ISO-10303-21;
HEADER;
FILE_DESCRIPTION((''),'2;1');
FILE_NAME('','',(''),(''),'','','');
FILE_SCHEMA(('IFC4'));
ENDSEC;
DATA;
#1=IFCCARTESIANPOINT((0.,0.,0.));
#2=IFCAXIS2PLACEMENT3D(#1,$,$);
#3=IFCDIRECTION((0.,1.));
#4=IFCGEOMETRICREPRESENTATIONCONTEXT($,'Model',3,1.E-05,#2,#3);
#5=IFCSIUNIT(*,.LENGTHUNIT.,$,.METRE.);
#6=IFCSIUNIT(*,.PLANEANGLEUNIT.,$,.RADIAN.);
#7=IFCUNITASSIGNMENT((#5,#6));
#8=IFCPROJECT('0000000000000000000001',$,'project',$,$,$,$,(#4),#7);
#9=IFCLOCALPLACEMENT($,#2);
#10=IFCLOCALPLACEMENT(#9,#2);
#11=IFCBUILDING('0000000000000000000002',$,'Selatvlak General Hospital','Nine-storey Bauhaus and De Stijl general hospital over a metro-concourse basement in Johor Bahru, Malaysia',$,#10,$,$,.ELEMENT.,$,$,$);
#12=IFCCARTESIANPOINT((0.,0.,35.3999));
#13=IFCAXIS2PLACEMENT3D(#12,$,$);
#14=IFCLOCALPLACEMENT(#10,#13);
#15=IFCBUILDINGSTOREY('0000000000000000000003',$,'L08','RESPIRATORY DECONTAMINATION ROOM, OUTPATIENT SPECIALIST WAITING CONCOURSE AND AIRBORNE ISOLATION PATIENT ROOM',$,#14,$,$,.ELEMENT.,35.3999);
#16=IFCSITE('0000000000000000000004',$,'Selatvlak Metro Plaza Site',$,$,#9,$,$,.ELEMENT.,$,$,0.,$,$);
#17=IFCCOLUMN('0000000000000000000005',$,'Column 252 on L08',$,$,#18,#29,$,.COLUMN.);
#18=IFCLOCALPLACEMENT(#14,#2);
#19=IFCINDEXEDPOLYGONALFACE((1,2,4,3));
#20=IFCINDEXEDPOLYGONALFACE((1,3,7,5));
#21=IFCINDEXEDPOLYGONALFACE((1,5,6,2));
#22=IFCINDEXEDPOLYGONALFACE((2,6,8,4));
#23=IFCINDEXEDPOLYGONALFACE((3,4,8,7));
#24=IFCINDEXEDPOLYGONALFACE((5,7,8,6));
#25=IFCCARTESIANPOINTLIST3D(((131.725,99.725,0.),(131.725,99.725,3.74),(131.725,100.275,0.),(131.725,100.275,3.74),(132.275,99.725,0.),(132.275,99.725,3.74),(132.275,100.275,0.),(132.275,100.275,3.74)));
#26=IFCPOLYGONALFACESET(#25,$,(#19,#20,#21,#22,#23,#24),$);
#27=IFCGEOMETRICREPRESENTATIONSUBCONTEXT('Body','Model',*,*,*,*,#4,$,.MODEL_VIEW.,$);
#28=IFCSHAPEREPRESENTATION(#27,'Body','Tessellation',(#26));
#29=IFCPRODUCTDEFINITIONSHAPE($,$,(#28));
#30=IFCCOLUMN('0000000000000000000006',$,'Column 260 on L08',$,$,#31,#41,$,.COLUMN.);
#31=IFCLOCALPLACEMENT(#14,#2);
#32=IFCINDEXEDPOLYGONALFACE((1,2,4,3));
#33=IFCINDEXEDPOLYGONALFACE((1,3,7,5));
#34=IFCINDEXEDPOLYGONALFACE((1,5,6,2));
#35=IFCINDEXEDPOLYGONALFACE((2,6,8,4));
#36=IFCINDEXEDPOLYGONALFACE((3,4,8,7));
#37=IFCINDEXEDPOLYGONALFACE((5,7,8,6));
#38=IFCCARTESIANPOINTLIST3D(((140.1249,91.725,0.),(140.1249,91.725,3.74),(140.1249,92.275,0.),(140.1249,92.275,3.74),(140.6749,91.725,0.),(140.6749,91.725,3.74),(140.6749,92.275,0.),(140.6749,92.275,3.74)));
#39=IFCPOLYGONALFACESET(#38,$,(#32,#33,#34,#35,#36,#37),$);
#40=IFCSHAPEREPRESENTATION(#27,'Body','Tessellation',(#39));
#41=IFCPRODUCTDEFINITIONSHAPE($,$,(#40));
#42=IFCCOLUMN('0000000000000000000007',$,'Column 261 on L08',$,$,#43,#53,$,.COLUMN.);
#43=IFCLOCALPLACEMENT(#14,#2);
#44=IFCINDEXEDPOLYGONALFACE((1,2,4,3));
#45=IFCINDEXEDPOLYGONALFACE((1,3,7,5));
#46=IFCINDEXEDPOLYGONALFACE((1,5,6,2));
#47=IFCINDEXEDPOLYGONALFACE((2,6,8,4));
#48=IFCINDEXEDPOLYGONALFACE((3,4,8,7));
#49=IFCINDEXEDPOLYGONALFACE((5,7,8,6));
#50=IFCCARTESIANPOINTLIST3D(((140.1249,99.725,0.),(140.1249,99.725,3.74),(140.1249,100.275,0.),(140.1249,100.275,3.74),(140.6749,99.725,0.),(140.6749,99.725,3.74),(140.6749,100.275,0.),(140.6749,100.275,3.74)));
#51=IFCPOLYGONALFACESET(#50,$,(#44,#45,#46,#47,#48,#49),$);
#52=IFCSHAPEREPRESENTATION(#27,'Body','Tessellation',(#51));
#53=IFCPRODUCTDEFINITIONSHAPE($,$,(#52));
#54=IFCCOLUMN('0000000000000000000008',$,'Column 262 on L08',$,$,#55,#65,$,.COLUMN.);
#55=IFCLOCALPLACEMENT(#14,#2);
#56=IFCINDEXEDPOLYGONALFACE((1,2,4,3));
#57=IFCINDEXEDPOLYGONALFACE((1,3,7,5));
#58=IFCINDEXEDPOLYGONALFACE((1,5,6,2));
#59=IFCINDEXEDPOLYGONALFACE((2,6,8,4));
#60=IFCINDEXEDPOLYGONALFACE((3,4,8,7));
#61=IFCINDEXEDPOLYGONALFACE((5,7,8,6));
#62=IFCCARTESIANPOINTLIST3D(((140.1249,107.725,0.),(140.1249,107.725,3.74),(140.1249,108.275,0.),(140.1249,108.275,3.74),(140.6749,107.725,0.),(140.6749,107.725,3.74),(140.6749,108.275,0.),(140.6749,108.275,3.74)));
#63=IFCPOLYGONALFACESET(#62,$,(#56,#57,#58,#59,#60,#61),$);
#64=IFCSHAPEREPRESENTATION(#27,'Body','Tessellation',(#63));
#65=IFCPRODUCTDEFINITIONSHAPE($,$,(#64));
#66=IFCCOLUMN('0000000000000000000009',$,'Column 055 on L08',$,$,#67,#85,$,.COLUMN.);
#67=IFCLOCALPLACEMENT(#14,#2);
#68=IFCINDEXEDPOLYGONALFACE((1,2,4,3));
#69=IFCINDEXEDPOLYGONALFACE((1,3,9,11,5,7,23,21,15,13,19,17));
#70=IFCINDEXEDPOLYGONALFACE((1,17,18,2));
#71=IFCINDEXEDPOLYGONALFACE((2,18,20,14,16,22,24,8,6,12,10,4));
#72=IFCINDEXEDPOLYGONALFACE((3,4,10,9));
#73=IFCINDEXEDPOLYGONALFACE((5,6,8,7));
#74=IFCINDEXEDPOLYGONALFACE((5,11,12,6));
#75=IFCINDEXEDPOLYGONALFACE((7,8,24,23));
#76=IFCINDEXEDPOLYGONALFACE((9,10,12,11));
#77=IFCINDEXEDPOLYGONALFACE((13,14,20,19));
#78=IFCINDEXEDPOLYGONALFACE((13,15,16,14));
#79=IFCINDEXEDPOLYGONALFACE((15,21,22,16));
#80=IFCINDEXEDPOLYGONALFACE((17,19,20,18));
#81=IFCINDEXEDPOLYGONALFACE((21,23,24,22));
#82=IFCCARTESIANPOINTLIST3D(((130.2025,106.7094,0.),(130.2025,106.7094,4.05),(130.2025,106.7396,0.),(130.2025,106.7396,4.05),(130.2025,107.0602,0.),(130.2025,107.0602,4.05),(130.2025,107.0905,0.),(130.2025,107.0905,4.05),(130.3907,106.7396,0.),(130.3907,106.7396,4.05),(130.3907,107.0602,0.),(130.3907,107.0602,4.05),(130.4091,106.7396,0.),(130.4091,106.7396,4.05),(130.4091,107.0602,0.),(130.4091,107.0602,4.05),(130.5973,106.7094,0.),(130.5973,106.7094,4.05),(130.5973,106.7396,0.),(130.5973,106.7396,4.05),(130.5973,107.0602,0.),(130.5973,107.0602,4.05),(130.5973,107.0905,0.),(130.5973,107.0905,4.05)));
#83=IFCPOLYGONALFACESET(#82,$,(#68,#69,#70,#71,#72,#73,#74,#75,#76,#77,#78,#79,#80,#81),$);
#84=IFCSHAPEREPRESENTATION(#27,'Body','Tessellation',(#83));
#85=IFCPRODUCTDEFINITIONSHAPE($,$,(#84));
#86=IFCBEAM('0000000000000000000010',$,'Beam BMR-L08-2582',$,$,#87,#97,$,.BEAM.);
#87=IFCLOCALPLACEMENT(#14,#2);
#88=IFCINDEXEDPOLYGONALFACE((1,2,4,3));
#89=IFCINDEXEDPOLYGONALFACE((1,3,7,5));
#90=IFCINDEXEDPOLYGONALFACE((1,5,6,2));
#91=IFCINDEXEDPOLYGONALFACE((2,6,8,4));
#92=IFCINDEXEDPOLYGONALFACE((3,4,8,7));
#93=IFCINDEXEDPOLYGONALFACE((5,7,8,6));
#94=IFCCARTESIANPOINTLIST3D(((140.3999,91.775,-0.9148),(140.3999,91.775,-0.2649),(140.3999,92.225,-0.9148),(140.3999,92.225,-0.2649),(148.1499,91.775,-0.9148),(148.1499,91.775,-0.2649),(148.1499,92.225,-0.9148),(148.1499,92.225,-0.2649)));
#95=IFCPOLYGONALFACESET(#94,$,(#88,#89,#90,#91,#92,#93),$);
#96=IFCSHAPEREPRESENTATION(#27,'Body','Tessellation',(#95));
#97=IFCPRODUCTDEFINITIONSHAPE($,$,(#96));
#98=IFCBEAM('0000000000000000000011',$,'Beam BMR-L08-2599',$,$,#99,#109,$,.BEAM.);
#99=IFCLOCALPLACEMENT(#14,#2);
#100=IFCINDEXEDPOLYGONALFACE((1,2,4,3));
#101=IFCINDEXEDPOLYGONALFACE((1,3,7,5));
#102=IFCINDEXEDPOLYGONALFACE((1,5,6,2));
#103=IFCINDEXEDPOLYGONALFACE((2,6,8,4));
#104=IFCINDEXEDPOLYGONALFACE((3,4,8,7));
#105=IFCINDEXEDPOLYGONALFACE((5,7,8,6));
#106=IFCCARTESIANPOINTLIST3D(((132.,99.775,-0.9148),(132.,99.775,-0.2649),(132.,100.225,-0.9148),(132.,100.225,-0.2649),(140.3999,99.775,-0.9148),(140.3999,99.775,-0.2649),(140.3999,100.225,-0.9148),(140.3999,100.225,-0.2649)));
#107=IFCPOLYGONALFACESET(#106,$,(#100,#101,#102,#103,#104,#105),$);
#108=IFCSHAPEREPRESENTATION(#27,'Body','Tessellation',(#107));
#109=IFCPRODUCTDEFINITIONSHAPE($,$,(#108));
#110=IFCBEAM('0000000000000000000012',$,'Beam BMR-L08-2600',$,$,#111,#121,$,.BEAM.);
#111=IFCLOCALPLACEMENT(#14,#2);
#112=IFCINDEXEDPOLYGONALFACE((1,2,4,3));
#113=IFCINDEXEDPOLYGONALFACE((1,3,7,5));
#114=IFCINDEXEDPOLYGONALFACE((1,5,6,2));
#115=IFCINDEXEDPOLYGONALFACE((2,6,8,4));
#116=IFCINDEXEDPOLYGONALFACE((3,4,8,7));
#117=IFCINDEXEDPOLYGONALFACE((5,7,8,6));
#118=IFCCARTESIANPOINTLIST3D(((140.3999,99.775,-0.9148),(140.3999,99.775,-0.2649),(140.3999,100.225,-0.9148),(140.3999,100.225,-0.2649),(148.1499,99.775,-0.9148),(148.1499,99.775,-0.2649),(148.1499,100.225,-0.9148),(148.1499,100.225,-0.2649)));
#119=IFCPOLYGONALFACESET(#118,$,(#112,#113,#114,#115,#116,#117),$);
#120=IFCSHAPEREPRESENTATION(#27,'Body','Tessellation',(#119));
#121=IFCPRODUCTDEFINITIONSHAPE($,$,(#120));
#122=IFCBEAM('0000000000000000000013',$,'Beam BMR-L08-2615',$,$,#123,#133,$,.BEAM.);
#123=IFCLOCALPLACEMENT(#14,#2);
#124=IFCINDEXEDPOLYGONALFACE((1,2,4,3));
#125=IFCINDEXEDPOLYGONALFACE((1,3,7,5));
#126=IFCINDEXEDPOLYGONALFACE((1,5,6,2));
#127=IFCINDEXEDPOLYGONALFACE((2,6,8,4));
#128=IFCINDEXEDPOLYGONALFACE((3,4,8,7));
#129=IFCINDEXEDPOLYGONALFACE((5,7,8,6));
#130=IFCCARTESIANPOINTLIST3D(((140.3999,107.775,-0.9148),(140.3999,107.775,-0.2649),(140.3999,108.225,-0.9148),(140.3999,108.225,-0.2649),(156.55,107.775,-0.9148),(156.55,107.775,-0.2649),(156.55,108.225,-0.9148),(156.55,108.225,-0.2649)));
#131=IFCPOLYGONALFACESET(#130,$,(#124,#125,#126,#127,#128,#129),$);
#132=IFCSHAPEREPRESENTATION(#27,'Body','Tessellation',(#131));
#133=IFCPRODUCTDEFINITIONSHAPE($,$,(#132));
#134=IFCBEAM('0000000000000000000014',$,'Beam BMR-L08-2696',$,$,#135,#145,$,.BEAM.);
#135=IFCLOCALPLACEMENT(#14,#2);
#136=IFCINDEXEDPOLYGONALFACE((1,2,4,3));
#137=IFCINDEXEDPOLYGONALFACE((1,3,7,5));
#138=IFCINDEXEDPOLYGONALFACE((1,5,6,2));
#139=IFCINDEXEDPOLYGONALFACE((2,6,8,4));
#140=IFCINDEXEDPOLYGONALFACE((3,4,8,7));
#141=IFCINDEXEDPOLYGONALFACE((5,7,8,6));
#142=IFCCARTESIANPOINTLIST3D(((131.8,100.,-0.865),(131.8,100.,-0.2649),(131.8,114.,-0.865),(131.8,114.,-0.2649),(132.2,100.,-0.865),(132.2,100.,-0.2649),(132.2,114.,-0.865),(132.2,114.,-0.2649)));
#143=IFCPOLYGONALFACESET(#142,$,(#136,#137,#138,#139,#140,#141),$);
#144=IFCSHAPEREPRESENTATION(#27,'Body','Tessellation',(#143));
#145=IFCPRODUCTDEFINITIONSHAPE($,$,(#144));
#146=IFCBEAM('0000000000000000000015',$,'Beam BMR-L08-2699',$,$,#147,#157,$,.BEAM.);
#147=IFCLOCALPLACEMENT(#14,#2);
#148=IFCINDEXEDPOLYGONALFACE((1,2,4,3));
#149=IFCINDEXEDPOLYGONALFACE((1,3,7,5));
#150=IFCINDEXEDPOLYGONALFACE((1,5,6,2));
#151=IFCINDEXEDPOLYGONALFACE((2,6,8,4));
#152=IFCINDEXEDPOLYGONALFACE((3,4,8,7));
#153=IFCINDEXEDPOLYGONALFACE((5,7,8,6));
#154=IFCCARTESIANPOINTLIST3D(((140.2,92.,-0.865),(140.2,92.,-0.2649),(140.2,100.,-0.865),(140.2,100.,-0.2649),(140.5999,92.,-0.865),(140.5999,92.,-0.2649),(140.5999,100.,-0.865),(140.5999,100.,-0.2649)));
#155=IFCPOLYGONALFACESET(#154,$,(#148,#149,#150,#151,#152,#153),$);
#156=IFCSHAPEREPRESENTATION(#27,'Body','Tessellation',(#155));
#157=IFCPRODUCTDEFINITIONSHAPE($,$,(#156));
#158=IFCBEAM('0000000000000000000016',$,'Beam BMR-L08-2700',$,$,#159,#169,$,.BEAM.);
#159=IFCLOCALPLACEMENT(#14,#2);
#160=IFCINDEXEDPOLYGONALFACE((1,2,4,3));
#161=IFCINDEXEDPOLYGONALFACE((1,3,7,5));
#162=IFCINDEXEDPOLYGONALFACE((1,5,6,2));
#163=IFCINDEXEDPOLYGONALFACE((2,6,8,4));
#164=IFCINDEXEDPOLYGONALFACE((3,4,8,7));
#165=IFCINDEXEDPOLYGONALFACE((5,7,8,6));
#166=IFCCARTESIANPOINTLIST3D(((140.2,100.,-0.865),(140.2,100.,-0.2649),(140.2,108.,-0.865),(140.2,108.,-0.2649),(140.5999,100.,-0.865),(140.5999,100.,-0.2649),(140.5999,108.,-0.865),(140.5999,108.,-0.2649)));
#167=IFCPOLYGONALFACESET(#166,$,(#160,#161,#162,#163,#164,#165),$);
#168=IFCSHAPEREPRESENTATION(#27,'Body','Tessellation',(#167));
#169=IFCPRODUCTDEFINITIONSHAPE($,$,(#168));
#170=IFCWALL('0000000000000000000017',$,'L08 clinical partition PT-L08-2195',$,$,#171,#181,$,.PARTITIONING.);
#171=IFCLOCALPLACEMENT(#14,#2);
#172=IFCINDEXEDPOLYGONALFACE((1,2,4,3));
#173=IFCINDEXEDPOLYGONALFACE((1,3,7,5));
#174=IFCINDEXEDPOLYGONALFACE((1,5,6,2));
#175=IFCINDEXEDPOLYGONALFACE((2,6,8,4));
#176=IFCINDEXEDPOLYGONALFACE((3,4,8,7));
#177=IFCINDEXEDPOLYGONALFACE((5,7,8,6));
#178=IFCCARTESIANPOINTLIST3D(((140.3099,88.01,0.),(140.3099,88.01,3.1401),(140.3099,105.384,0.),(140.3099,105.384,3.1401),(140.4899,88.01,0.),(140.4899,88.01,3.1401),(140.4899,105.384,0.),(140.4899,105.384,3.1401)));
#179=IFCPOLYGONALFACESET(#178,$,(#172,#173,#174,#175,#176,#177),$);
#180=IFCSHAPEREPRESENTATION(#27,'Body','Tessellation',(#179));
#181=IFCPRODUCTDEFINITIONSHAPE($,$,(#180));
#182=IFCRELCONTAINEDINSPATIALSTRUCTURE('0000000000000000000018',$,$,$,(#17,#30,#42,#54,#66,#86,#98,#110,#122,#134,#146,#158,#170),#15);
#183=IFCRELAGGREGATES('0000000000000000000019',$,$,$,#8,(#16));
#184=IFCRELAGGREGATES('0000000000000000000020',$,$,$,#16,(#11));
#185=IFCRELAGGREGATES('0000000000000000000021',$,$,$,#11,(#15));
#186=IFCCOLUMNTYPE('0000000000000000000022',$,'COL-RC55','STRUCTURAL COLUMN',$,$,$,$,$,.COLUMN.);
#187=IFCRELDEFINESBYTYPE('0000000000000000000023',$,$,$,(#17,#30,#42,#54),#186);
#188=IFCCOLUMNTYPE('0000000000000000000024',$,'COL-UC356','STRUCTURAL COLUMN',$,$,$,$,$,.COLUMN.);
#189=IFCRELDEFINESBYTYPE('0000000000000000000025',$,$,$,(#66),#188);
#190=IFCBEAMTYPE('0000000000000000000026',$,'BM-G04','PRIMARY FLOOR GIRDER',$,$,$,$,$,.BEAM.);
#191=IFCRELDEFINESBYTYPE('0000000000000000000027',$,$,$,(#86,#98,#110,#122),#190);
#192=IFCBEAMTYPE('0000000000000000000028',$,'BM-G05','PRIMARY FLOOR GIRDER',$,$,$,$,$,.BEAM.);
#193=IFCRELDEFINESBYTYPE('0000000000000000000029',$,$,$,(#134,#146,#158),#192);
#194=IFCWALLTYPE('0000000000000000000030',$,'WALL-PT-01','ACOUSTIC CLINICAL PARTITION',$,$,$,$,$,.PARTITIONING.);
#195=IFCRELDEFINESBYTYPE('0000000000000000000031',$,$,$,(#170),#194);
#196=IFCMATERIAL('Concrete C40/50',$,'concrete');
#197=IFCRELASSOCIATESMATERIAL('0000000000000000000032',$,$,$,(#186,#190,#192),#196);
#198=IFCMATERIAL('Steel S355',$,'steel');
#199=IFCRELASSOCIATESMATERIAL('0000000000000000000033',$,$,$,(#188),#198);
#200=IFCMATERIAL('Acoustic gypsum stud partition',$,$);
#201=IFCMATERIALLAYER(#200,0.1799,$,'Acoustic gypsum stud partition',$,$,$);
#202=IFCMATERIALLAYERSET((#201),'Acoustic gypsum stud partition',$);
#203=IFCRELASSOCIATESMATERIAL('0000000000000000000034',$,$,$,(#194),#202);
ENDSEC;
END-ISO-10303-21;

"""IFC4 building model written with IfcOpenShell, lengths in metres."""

from ifc_helpers import new_model, si_unit, direction, frame, frame_2d, origin, origin_2d, place, context, subcontext, project, spatial, rectangle, i_section, extrude, material, layer, layer_set, material_profile, profile_set, type_object, element, save


model = new_model("IFC4")

# Units and contexts
model_context = context("Model", 3, precision=1e-05, world=origin(), true_north=direction((0.0, 1.0)))
body_context = subcontext(model_context, "Body", "Model", "MODEL_VIEW")
ifc_project = project(units=[si_unit("LENGTHUNIT", "METRE"), si_unit("PLANEANGLEUNIT", "RADIAN")], contexts=[model_context])

# Site, building, storey
site_placement = place(None, origin())
site = spatial("IfcSite", under=ifc_project, at=site_placement, Name="Selatvlak Metro Plaza Site", CompositionType="ELEMENT", RefElevation=0.0)
building_placement = place(site_placement, origin())
building = spatial("IfcBuilding", under=site, at=building_placement, Name="Selatvlak General Hospital", Description="Nine-storey Bauhaus and De Stijl general hospital over a metro-concourse basement in Johor Bahru, Malaysia", CompositionType="ELEMENT")
storey_placement = place(building_placement, frame((0.0, 0.0, 35.3999)))
storey = spatial("IfcBuildingStorey", under=building, at=storey_placement, Name="L08", Description="RESPIRATORY DECONTAMINATION ROOM, OUTPATIENT SPECIALIST WAITING CONCOURSE AND AIRBORNE ISOLATION PATIENT ROOM", CompositionType="ELEMENT", Elevation=35.3999)

# Columns
ifc_material_1 = material(Name="Concrete C40/50", Category="concrete")
ifc_material_profile_1 = material_profile(ifc_material_1, rectangle(XDim=0.55, YDim=0.55, at=origin_2d()), Name="RC-COL 550x550")
ifc_profile_set_1 = profile_set([ifc_material_profile_1], Name="Concrete C40/50")
column_type_1 = type_object("IfcColumnType", Name="COL-RC55", Description="STRUCTURAL COLUMN", PredefinedType="COLUMN", material=ifc_profile_set_1)
for number, where, z_axis, x_axis, name in (
    (1, (132.0, 100.0, 0.0), (0.0, 0.0, 1.0), (1.0, 0.0, 0.0), "Column 252 on L08"),
    (2, (140.3999, 92.0, 0.0), (0.0, 0.0, 1.0), (1.0, 0.0, 0.0), "Column 260 on L08"),
    (3, (140.3999, 100.0, 0.0), (0.0, 0.0, 1.0), (1.0, 0.0, 0.0), "Column 261 on L08"),
    (4, (140.3999, 108.0, 0.0), (0.0, 0.0, 1.0), (1.0, 0.0, 0.0), "Column 262 on L08"),
):
    element("IfcColumn", number, at=place(storey_placement, frame(where, z_axis=z_axis, x_axis=x_axis)), inside=storey, type_object=column_type_1, Name=name, PredefinedType="COLUMN", context=body_context, shape_type="SweptSolid", body=[
        extrude(rectangle(XDim=0.55, YDim=0.55, at=origin_2d()), origin(), (0.0, 0.0, 1.0), 3.74),
    ])
ifc_material_2 = material(Name="Steel S355", Category="steel")
ifc_material_profile_2 = material_profile(ifc_material_2, i_section(OverallWidth=0.3948, OverallDepth=0.3811, WebThickness=0.0183, FlangeThickness=0.0303, at=origin_2d()), Name="UC 356x406x235")
ifc_profile_set_2 = profile_set([ifc_material_profile_2], Name="Steel S355")
column_type_2 = type_object("IfcColumnType", Name="COL-UC356", Description="STRUCTURAL COLUMN", PredefinedType="COLUMN", material=ifc_profile_set_2)
column_placement = place(storey_placement, frame((130.3999, 106.8999, 0.0), z_axis=(0.0, 0.0, 1.0), x_axis=(1.0, 0.0, 0.0)))
element("IfcColumn", 5, at=column_placement, inside=storey, type_object=column_type_2, Name="Column 055 on L08", PredefinedType="COLUMN", context=body_context, shape_type="SweptSolid", body=[
    extrude(i_section(OverallWidth=0.3948, OverallDepth=0.3811, WebThickness=0.0183, FlangeThickness=0.0303, at=origin_2d()), origin(), (0.0, 0.0, 1.0), 4.05),
])

# Beams
ifc_material_profile_3 = material_profile(ifc_material_1, rectangle(XDim=0.45, YDim=0.6499, at=origin_2d()), Name="RC-BM 450x650")
ifc_profile_set_3 = profile_set([ifc_material_profile_3], Name="Concrete C40/50")
beam_type_1 = type_object("IfcBeamType", Name="BM-G04", Description="PRIMARY FLOOR GIRDER", PredefinedType="BEAM", material=ifc_profile_set_3)
beam_1_placement = place(storey_placement, frame((140.3999, 92.0, -0.5898), z_axis=(1.0, 0.0, 0.0), x_axis=(0.0, 1.0, 0.0)))
element("IfcBeam", 6, at=beam_1_placement, inside=storey, type_object=beam_type_1, Name="Beam BMR-L08-2582", PredefinedType="BEAM", context=body_context, shape_type="SweptSolid", body=[
    extrude(rectangle(XDim=0.45, YDim=0.6499, at=origin_2d()), origin(), (0.0, 0.0, 1.0), 7.75),
])
beam_2_placement = place(storey_placement, frame((132.0, 100.0, -0.5898), z_axis=(1.0, 0.0, 0.0), x_axis=(0.0, 1.0, 0.0)))
element("IfcBeam", 7, at=beam_2_placement, inside=storey, type_object=beam_type_1, Name="Beam BMR-L08-2599", PredefinedType="BEAM", context=body_context, shape_type="SweptSolid", body=[
    extrude(rectangle(XDim=0.45, YDim=0.6499, at=origin_2d()), origin(), (0.0, 0.0, 1.0), 8.3999),
])
beam_3_placement = place(storey_placement, frame((140.3999, 100.0, -0.5898), z_axis=(1.0, 0.0, 0.0), x_axis=(0.0, 1.0, 0.0)))
element("IfcBeam", 8, at=beam_3_placement, inside=storey, type_object=beam_type_1, Name="Beam BMR-L08-2600", PredefinedType="BEAM", context=body_context, shape_type="SweptSolid", body=[
    extrude(rectangle(XDim=0.45, YDim=0.6499, at=origin_2d()), origin(), (0.0, 0.0, 1.0), 7.75),
])
beam_4_placement = place(storey_placement, frame((140.3999, 108.0, -0.5898), z_axis=(1.0, 0.0, 0.0), x_axis=(0.0, 1.0, 0.0)))
element("IfcBeam", 9, at=beam_4_placement, inside=storey, type_object=beam_type_1, Name="Beam BMR-L08-2615", PredefinedType="BEAM", context=body_context, shape_type="SweptSolid", body=[
    extrude(rectangle(XDim=0.45, YDim=0.6499, at=origin_2d()), origin(), (0.0, 0.0, 1.0), 16.1501),
])
ifc_material_profile_4 = material_profile(ifc_material_1, rectangle(XDim=0.3999, YDim=0.6001, at=origin_2d()), Name="RC-BM 400x600")
ifc_profile_set_4 = profile_set([ifc_material_profile_4], Name="Concrete C40/50")
beam_type_2 = type_object("IfcBeamType", Name="BM-G05", Description="PRIMARY FLOOR GIRDER", PredefinedType="BEAM", material=ifc_profile_set_4)
beam_5_placement = place(storey_placement, frame((132.0, 100.0, -0.5649), z_axis=(0.0, 1.0, 0.0), x_axis=(-1.0, 0.0, 0.0)))
element("IfcBeam", 10, at=beam_5_placement, inside=storey, type_object=beam_type_2, Name="Beam BMR-L08-2696", PredefinedType="BEAM", context=body_context, shape_type="SweptSolid", body=[
    extrude(rectangle(XDim=0.3999, YDim=0.6001, at=origin_2d()), origin(), (0.0, 0.0, 1.0), 14.0),
])
for number, where, z_axis, x_axis, name in (
    (11, (140.3999, 92.0, -0.5649), (0.0, 1.0, 0.0), (-1.0, 0.0, 0.0), "Beam BMR-L08-2699"),
    (12, (140.3999, 100.0, -0.5649), (0.0, 1.0, 0.0), (-1.0, 0.0, 0.0), "Beam BMR-L08-2700"),
):
    element("IfcBeam", number, at=place(storey_placement, frame(where, z_axis=z_axis, x_axis=x_axis)), inside=storey, type_object=beam_type_2, Name=name, PredefinedType="BEAM", context=body_context, shape_type="SweptSolid", body=[
        extrude(rectangle(XDim=0.3999, YDim=0.6001, at=origin_2d()), origin(), (0.0, 0.0, 1.0), 8.0),
    ])

# Wall
ifc_material_3 = material(Name="Acoustic gypsum stud partition")
ifc_layer_1 = layer(ifc_material_3, 0.1799, Name="Acoustic gypsum stud partition")
ifc_layer_set_1 = layer_set([ifc_layer_1], Name="Acoustic gypsum stud partition")
wall_type_1 = type_object("IfcWallType", Name="WALL-PT-01", Description="ACOUSTIC CLINICAL PARTITION", PredefinedType="PARTITIONING", material=ifc_layer_set_1)
wall_1_placement = place(storey_placement, frame((140.3999, 105.384, 0.0), z_axis=(0.0, 0.0, 1.0), x_axis=(0.0, -1.0, 0.0)))
element("IfcWall", 13, at=wall_1_placement, inside=storey, type_object=wall_type_1, Name="L08 clinical partition PT-L08-2195", PredefinedType="PARTITIONING", context=body_context, shape_type="SweptSolid", body=[
    extrude(rectangle(XDim=17.374, YDim=0.1799, at=frame_2d((8.687, 0.0))), origin(), (0.0, 0.0, 1.0), 3.1401),
])

save(model, "model.ifc")
